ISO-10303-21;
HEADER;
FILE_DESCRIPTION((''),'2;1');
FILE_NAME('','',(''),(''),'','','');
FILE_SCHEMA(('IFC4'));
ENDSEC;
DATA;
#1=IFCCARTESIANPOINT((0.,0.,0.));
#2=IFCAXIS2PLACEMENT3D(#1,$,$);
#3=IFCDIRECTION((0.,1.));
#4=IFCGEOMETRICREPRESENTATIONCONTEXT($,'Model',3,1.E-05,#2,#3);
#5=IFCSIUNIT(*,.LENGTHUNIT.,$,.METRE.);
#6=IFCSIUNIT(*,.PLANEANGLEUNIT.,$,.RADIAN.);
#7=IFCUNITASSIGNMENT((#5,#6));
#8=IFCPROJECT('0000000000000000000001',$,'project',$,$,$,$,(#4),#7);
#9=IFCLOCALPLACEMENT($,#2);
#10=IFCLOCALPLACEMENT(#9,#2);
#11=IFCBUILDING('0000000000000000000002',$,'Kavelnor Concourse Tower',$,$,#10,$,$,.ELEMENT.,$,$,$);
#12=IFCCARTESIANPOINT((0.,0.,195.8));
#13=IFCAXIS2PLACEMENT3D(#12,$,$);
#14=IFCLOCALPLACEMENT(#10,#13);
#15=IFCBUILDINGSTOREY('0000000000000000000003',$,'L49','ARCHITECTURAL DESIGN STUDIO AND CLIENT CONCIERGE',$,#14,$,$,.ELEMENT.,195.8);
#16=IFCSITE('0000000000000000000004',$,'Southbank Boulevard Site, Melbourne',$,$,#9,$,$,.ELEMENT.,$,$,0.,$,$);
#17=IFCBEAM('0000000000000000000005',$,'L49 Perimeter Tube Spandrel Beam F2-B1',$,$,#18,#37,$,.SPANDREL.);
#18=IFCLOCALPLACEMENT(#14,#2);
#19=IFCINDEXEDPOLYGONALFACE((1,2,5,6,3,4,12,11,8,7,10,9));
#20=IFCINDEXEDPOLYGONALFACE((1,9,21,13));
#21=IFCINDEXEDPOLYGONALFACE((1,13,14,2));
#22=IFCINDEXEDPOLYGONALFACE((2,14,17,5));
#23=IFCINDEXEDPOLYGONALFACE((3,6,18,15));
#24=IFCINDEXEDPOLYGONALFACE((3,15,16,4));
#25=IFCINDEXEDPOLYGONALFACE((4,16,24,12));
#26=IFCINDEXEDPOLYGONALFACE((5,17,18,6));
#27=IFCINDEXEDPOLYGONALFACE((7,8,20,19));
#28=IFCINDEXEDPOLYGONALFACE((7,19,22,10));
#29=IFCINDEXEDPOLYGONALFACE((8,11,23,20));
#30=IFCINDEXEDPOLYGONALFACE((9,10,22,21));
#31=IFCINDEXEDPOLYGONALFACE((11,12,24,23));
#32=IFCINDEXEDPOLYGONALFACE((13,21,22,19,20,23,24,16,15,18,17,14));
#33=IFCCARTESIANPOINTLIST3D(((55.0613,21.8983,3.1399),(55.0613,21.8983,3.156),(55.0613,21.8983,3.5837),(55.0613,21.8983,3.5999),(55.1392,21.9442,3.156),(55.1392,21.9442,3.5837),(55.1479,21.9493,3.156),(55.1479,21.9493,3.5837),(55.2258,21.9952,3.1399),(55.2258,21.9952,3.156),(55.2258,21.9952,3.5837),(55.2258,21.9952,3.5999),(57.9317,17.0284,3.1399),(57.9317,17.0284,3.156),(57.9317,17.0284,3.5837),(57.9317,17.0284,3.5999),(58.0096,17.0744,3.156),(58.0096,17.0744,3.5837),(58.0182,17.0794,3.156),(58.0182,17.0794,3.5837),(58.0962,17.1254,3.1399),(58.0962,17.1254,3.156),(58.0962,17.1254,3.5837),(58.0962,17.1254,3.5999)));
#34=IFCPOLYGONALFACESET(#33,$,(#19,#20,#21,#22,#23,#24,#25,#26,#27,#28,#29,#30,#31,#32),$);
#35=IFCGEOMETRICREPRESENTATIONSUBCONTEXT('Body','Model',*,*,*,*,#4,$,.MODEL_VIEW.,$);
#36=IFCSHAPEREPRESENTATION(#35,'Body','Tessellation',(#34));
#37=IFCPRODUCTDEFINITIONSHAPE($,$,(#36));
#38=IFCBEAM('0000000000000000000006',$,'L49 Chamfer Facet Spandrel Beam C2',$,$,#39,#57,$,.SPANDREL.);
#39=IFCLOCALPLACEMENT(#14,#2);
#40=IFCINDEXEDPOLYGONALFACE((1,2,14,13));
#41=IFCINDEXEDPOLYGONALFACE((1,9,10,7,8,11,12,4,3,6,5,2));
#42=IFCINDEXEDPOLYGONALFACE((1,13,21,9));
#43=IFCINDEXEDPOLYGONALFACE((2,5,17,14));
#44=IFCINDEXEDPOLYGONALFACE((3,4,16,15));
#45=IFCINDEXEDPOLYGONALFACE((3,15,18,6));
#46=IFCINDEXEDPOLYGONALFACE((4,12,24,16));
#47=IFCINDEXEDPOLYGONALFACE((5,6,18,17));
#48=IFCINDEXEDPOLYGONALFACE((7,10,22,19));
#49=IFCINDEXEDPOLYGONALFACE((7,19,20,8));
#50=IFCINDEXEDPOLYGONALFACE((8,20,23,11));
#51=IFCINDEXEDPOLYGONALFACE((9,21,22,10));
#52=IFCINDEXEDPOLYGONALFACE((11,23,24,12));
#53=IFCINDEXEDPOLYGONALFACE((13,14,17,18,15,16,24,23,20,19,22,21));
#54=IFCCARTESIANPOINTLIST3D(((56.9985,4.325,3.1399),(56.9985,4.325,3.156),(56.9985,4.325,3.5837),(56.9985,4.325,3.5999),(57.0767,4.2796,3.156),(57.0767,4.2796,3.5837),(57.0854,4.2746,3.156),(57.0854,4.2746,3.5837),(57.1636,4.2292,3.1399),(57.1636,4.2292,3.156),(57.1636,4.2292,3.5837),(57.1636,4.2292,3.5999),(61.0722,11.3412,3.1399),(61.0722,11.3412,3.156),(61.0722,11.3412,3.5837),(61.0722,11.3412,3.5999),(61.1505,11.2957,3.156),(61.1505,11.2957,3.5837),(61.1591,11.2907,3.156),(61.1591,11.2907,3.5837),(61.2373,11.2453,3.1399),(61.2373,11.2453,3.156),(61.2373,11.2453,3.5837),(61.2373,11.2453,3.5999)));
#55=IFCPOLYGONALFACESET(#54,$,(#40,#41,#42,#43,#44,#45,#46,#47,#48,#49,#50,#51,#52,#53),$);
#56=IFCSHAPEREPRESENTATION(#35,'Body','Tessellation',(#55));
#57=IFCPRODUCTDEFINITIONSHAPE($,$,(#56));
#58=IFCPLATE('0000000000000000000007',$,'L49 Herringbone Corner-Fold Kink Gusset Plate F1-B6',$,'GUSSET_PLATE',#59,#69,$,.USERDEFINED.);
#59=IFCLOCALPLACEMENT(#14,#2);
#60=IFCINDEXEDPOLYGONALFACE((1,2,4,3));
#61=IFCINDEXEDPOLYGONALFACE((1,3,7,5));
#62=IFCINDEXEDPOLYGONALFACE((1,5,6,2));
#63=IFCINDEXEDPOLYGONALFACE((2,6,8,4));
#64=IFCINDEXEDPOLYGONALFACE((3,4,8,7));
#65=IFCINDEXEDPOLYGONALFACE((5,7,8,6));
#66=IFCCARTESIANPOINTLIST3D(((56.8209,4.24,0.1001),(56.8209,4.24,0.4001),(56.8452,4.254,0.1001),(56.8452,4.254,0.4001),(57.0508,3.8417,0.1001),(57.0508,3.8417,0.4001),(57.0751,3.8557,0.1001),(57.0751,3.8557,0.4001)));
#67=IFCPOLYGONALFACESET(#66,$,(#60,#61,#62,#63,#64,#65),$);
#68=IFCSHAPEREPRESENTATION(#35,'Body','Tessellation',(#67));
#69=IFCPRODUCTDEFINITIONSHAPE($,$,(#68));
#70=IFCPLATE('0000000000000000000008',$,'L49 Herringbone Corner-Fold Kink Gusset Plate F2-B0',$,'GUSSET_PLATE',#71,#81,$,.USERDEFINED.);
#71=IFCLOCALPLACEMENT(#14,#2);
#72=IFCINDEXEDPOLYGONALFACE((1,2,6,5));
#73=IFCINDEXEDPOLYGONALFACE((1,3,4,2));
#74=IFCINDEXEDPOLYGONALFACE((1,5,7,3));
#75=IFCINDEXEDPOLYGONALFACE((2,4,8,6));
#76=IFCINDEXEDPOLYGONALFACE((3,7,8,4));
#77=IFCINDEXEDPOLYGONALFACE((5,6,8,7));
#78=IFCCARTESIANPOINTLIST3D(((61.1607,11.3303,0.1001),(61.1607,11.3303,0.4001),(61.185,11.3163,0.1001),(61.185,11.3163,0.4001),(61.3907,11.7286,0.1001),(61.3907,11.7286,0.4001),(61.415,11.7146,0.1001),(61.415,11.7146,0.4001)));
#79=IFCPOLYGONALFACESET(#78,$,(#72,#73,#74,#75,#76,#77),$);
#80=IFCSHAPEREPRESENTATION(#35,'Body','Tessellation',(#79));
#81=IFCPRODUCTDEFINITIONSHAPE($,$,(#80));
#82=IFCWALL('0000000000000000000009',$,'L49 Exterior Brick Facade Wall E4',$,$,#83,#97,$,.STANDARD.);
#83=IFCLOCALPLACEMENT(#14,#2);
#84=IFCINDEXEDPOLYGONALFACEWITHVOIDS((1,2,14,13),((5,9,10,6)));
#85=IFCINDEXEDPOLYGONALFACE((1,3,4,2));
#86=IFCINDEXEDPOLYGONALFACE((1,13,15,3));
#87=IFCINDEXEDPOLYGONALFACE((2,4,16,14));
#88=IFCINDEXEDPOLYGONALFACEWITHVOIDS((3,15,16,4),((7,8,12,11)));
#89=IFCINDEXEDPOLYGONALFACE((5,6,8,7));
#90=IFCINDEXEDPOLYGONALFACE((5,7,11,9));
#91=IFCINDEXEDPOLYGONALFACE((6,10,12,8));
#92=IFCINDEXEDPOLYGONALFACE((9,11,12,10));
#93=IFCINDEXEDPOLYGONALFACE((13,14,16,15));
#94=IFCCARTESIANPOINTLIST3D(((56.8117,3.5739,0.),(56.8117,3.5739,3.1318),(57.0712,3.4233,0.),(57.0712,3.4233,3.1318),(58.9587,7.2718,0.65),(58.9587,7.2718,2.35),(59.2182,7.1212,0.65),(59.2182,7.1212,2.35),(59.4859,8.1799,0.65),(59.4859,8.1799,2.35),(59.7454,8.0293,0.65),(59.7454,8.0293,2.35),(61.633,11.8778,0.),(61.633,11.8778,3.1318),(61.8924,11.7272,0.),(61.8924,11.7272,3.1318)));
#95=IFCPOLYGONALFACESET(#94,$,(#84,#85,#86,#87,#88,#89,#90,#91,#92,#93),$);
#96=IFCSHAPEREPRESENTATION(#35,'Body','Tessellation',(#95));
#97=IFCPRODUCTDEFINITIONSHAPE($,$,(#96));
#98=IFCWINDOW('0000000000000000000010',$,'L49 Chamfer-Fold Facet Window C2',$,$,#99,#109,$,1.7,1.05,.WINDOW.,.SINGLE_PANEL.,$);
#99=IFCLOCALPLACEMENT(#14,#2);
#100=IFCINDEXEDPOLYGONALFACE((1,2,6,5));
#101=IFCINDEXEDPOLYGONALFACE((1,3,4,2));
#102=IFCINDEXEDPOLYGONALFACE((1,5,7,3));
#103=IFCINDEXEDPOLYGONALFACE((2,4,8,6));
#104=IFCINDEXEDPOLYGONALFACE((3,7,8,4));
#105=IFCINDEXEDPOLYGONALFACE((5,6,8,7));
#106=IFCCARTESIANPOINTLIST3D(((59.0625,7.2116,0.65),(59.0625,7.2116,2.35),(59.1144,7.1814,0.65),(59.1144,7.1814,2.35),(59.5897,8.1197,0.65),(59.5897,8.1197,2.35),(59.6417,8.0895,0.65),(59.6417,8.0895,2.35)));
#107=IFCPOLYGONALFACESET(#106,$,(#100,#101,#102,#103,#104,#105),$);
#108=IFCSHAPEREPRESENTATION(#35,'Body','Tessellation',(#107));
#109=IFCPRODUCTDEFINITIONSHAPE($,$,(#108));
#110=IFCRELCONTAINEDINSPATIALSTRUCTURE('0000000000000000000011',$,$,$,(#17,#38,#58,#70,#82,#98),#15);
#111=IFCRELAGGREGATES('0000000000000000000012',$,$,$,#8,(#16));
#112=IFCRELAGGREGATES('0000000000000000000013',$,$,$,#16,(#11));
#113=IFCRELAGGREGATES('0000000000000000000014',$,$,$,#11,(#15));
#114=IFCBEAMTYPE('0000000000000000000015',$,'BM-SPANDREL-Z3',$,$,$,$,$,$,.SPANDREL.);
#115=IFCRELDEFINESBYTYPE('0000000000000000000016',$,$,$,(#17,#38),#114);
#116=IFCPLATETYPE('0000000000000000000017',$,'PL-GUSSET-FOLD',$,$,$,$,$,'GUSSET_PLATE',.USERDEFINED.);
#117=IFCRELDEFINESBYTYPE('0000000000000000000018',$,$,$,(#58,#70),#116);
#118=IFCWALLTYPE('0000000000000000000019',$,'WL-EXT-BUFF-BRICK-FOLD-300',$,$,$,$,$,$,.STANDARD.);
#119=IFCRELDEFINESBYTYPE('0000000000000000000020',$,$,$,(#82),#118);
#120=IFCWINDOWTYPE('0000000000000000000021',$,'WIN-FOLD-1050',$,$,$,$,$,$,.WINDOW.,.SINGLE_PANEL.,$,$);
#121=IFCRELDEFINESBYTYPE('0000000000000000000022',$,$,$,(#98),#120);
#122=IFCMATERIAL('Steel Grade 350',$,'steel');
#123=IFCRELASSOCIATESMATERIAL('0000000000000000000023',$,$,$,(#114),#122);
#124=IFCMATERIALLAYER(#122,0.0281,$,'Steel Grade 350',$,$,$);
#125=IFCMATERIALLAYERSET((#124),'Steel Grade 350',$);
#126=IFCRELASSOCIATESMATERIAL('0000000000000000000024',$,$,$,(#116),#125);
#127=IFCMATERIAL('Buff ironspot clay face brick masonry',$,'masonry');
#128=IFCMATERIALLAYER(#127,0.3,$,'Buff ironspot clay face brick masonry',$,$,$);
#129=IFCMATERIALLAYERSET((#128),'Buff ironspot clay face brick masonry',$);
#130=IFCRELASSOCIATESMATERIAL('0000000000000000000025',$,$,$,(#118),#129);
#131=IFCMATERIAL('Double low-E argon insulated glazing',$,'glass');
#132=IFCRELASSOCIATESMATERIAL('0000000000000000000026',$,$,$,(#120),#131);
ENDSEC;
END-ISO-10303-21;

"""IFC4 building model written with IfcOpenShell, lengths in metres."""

from ifc_helpers import new_model, si_unit, direction, frame, frame_2d, origin, origin_2d, place, context, subcontext, project, spatial, rectangle, i_section, extrude, material, layer, layer_set, material_profile, profile_set, type_object, element, fill, save


model = new_model("IFC4")

# Units and contexts
model_context = context("Model", 3, precision=1e-05, world=origin(), true_north=direction((0.0, 1.0)))
body_context = subcontext(model_context, "Body", "Model", "MODEL_VIEW")
ifc_project = project(units=[si_unit("LENGTHUNIT", "METRE"), si_unit("PLANEANGLEUNIT", "RADIAN")], contexts=[model_context])

# Site, building, storey
site_placement = place(None, origin())
site = spatial("IfcSite", under=ifc_project, at=site_placement, Name="Southbank Boulevard Site, Melbourne", CompositionType="ELEMENT", RefElevation=0.0)
building_placement = place(site_placement, origin())
building = spatial("IfcBuilding", under=site, at=building_placement, Name="Kavelnor Concourse Tower", CompositionType="ELEMENT")
storey_placement = place(building_placement, frame((0.0, 0.0, 195.8)))
storey = spatial("IfcBuildingStorey", under=building, at=storey_placement, Name="L49", Description="ARCHITECTURAL DESIGN STUDIO AND CLIENT CONCIERGE", CompositionType="ELEMENT", Elevation=195.8)

# Shared definitions
ifc_material_1 = material(Name="Steel Grade 350", Category="steel")

# Beams
ifc_material_profile_1 = material_profile(ifc_material_1, i_section(OverallWidth=0.1909, OverallDepth=0.46, WebThickness=0.01, FlangeThickness=0.0161, at=origin_2d()), Name="460UB82")
ifc_profile_set_1 = profile_set([ifc_material_profile_1], Name="Steel Grade 350")
beam_type_1 = type_object("IfcBeamType", Name="BM-SPANDREL-Z3", PredefinedType="SPANDREL", material=ifc_profile_set_1)
beam_1_placement = place(storey_placement, frame((58.0139, 17.0769, 3.3699), z_axis=(-0.507773, 0.861491, 0.0), x_axis=(-0.861491, -0.507773, 0.0)))
element("IfcBeam", 1, at=beam_1_placement, inside=storey, type_object=beam_type_1, Name="L49 Perimeter Tube Spandrel Beam F2-B1", PredefinedType="SPANDREL", context=body_context, shape_type="SweptSolid", body=[
    extrude(i_section(OverallWidth=0.1909, OverallDepth=0.46, WebThickness=0.01, FlangeThickness=0.0161, at=origin_2d()), origin(), (0.0, 0.0, 1.0), 5.6528),
])
beam_2_placement = place(storey_placement, frame((57.0811, 4.2771, 3.3699), z_axis=(0.502122, 0.864797, 0.0), x_axis=(-0.864797, 0.502122, 0.0)))
element("IfcBeam", 2, at=beam_2_placement, inside=storey, type_object=beam_type_1, Name="L49 Chamfer Facet Spandrel Beam C2", PredefinedType="SPANDREL", context=body_context, shape_type="SweptSolid", body=[
    extrude(i_section(OverallWidth=0.1909, OverallDepth=0.46, WebThickness=0.01, FlangeThickness=0.0161, at=origin_2d()), origin(), (0.0, 0.0, 1.0), 8.113),
])

# Plates
ifc_layer_1 = layer(ifc_material_1, 0.0281, Name="Steel Grade 350")
ifc_layer_set_1 = layer_set([ifc_layer_1], Name="Steel Grade 350")
plate_type = type_object("IfcPlateType", Name="PL-GUSSET-FOLD", ElementType="GUSSET_PLATE", PredefinedType="USERDEFINED", material=ifc_layer_set_1)
for number, where, z_axis, x_axis, name in (
    (3, (56.948, 4.0479, 0.1001), (0.0, 0.0, 1.0), (-0.5, 0.866025, 0.0), "L49 Herringbone Corner-Fold Kink Gusset Plate F1-B6"),
    (4, (61.2878, 11.5225, 0.1001), (0.0, 0.0, 1.0), (-0.5, -0.866025, 0.0), "L49 Herringbone Corner-Fold Kink Gusset Plate F2-B0"),
):
    element("IfcPlate", number, at=place(storey_placement, frame(where, z_axis=z_axis, x_axis=x_axis)), inside=storey, type_object=plate_type, Name=name, ObjectType="GUSSET_PLATE", PredefinedType="USERDEFINED", context=body_context, shape_type="SweptSolid", body=[
        extrude(rectangle(XDim=0.46, YDim=0.0281, at=origin_2d()), origin(), (0.0, 0.0, 1.0), 0.3),
    ])

# Wall, opening, window
ifc_material_2 = material(Name="Buff ironspot clay face brick masonry", Category="masonry")
ifc_layer_2 = layer(ifc_material_2, 0.3, Name="Buff ironspot clay face brick masonry")
ifc_layer_set_2 = layer_set([ifc_layer_2], Name="Buff ironspot clay face brick masonry")
wall_type_1 = type_object("IfcWallType", Name="WL-EXT-BUFF-BRICK-FOLD-300", PredefinedType="STANDARD", material=ifc_layer_set_2)
wall_1_placement = place(storey_placement, frame((61.7627, 11.8025, 0.0), z_axis=(0.0, 0.0, 1.0), x_axis=(-0.502107, -0.864805, 0.0)))
wall_1 = element("IfcWall", 5, at=wall_1_placement, inside=storey, type_object=wall_type_1, Name="L49 Exterior Brick Facade Wall E4", PredefinedType="STANDARD", context=body_context, shape_type="SweptSolid", body=[
    extrude(rectangle(XDim=9.6021, YDim=0.3, at=frame_2d((4.801, 0.0))), origin(), (0.0, 0.0, 1.0), 3.1318),
])
opening_1_placement = place(wall_1_placement, frame((4.2761, 0.0, 0.6499)))
opening_1 = element("IfcOpeningElement", 6, at=opening_1_placement, cuts=wall_1, PredefinedType="OPENING", context=body_context, shape_type="SweptSolid", body=[
    extrude(rectangle(XDim=1.05, YDim=1.7, at=frame_2d((0.5249, 0.8501))), frame((0.0, 0.1602, 0.0), z_axis=(0.0, -1.0, 0.0), x_axis=(1.0, 0.0, 0.0)), (0.0, 0.0, 1.0), 0.3201),
])
ifc_material_3 = material(Name="Double low-E argon insulated glazing", Category="glass")
window_type_1 = type_object("IfcWindowType", Name="WIN-FOLD-1050", PartitioningType="SINGLE_PANEL", PredefinedType="WINDOW", material=ifc_material_3)
window_1_placement = place(opening_1_placement, origin())
window_1 = element("IfcWindow", 7, at=window_1_placement, inside=storey, type_object=window_type_1, Name="L49 Chamfer-Fold Facet Window C2", OverallHeight=1.7, OverallWidth=1.05, PartitioningType="SINGLE_PANEL", PredefinedType="WINDOW", context=body_context, shape_type="SweptSolid", body=[
    extrude(rectangle(XDim=1.05, YDim=1.7, at=frame_2d((0.5249, 0.8501))), frame((0.0, 0.03, 0.0), z_axis=(0.0, -1.0, 0.0), x_axis=(1.0, 0.0, 0.0)), (0.0, 0.0, 1.0), 0.0601),
])
fill(opening_1, window_1)

save(model, "model.ifc")
